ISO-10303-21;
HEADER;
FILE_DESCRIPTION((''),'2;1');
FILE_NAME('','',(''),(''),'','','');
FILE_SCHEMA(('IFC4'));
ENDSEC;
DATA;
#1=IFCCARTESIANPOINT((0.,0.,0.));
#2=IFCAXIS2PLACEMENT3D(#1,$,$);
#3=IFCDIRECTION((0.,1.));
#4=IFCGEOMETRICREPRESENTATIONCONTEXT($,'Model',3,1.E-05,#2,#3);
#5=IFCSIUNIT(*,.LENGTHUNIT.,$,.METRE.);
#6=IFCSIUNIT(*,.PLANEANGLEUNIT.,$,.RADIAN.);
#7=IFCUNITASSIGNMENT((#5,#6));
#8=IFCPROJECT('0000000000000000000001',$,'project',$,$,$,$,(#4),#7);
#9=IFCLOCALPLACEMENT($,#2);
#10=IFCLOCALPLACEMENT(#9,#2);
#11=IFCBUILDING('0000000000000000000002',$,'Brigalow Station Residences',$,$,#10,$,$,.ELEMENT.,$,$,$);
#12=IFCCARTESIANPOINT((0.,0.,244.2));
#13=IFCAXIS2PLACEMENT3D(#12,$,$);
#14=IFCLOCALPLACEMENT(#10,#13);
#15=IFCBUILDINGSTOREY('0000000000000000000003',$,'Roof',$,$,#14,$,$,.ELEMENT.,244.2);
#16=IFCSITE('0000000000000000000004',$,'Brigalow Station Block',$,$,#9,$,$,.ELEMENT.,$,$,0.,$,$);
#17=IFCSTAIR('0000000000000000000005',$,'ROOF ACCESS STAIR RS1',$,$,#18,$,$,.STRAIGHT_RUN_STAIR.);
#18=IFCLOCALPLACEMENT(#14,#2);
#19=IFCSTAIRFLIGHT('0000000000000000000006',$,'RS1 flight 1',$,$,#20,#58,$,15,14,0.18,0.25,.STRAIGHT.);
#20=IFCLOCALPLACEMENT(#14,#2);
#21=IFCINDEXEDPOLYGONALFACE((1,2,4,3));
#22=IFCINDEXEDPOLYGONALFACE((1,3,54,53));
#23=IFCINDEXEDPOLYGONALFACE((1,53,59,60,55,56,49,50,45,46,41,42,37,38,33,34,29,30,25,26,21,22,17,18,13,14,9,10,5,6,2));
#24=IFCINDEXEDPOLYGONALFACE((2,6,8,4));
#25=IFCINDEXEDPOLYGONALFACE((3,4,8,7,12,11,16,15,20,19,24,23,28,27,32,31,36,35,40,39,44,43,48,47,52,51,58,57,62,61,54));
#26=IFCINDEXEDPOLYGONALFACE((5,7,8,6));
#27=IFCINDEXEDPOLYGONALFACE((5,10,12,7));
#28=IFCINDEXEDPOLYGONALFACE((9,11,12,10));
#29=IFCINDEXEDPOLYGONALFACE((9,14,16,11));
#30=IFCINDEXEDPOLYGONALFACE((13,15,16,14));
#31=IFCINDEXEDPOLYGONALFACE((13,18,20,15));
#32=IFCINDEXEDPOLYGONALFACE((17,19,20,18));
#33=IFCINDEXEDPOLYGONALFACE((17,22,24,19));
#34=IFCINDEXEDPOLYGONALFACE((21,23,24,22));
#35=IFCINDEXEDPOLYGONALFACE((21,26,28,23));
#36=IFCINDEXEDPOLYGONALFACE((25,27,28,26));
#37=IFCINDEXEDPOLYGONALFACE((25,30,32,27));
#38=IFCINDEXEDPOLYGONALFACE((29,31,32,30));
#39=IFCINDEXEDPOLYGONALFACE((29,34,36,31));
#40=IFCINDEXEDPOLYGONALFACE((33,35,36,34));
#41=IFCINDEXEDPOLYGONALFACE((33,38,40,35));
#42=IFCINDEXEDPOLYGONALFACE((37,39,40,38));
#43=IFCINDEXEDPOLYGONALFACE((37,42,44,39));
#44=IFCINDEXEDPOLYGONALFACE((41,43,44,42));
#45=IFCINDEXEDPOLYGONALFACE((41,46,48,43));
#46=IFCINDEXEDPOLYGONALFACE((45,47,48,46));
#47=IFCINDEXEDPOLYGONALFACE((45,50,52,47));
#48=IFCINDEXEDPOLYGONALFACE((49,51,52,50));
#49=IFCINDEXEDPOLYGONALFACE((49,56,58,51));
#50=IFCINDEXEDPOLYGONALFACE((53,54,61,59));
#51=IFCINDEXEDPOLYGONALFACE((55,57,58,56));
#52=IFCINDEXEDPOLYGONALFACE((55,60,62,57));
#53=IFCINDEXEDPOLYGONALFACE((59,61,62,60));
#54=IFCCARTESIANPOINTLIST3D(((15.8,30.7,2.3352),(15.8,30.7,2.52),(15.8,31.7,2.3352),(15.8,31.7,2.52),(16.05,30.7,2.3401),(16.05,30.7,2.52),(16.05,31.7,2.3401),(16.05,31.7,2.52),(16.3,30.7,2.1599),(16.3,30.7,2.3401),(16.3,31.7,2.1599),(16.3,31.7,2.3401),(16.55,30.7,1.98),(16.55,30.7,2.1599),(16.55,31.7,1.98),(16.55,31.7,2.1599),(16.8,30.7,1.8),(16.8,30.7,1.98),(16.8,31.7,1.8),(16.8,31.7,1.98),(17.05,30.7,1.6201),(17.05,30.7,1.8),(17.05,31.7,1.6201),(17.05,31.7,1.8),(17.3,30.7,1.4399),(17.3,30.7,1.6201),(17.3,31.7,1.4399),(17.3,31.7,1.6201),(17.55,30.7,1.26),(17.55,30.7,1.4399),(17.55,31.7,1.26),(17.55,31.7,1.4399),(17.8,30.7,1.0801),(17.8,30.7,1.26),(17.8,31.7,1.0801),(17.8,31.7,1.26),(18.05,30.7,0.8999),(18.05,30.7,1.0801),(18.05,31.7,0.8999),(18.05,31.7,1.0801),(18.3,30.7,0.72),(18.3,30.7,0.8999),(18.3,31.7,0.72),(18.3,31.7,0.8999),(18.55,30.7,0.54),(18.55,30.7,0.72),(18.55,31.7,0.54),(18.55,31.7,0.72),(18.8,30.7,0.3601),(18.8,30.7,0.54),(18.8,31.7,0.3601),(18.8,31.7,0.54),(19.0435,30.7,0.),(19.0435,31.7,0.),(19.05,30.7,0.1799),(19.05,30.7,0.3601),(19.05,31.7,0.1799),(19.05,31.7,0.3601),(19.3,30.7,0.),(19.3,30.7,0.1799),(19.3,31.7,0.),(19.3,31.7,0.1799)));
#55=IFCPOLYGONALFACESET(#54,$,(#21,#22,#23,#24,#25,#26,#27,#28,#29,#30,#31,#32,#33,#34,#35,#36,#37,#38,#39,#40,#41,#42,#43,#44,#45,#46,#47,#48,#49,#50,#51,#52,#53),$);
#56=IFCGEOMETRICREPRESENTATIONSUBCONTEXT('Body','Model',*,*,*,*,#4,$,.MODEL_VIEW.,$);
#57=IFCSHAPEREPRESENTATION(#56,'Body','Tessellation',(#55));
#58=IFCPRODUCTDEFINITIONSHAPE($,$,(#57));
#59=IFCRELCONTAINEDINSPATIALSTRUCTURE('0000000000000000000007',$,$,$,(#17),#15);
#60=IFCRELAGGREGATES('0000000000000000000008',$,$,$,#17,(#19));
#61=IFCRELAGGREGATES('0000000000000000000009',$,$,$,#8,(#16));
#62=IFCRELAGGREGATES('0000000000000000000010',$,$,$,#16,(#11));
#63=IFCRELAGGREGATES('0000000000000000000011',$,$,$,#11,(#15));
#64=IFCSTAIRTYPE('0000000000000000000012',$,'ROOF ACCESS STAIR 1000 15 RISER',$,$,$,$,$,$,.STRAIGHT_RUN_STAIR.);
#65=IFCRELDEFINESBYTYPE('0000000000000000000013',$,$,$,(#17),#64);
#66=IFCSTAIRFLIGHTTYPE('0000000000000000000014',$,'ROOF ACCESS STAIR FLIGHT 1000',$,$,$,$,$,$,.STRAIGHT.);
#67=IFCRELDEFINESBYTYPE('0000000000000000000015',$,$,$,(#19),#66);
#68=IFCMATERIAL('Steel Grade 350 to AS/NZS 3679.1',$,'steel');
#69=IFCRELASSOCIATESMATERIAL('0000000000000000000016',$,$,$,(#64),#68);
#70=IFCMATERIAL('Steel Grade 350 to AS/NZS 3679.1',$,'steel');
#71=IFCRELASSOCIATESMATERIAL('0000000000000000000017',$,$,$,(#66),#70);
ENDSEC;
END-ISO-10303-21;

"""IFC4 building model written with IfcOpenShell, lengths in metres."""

from ifc_helpers import new_model, si_unit, direction, frame, origin, place, context, subcontext, project, spatial, polyline, outline, extrude, material, type_object, element, aggregate, save


model = new_model("IFC4")

# Units and contexts
model_context = context("Model", 3, precision=1e-05, world=origin(), true_north=direction((0.0, 1.0)))
body_context = subcontext(model_context, "Body", "Model", "MODEL_VIEW")
ifc_project = project(units=[si_unit("LENGTHUNIT", "METRE"), si_unit("PLANEANGLEUNIT", "RADIAN")], contexts=[model_context])

# Site, building, storey
site_placement = place(None, origin())
site = spatial("IfcSite", under=ifc_project, at=site_placement, Name="Brigalow Station Block", CompositionType="ELEMENT", RefElevation=0.0)
building_placement = place(site_placement, origin())
building = spatial("IfcBuilding", under=site, at=building_placement, Name="Brigalow Station Residences", CompositionType="ELEMENT")
storey_placement = place(building_placement, frame((0.0, 0.0, 244.2)))
storey = spatial("IfcBuildingStorey", under=building, at=storey_placement, Name="Roof", CompositionType="ELEMENT", Elevation=244.2)

# Stair, stair flight
ifc_material_1 = material(Name="Steel Grade 350 to AS/NZS 3679.1", Category="steel")
stair_type = type_object("IfcStairType", Name="ROOF ACCESS STAIR 1000 15 RISER", PredefinedType="STRAIGHT_RUN_STAIR", material=ifc_material_1)
stair_placement = place(storey_placement, origin())
stair = element("IfcStair", 1, at=stair_placement, inside=storey, type_object=stair_type, Name="ROOF ACCESS STAIR RS1", PredefinedType="STRAIGHT_RUN_STAIR")
ifc_material_2 = material(Name="Steel Grade 350 to AS/NZS 3679.1", Category="steel")
stair_flight_type = type_object("IfcStairFlightType", Name="ROOF ACCESS STAIR FLIGHT 1000", PredefinedType="STRAIGHT", material=ifc_material_2)
stair_flight_placement = place(storey_placement, frame((19.3, 31.2, 0.0), z_axis=(0.0, 0.0, 1.0), x_axis=(-1.0, 0.0, 0.0)))
stair_flight = element("IfcStairFlight", 2, at=stair_flight_placement, type_object=stair_flight_type, Name="RS1 flight 1", NumberOfRisers=15, NumberOfTreads=14, PredefinedType="STRAIGHT", RiserHeight=0.18, TreadLength=0.25, context=body_context, shape_type="SweptSolid", body=[
    extrude(outline(polyline([(0.0, 0.0), (0.0, 0.1799), (0.25, 0.1799), (0.25, 0.3601), (0.5, 0.3601), (0.5, 0.54), (0.75, 0.54), (0.75, 0.72), (1.0, 0.72), (1.0, 0.8999), (1.25, 0.8999), (1.25, 1.0801), (1.5, 1.0801), (1.5, 1.26), (1.75, 1.26), (1.75, 1.4399), (2.0, 1.4399), (2.0, 1.6201), (2.25, 1.6201), (2.25, 1.8), (2.5, 1.8), (2.5, 1.98), (2.75, 1.98), (2.75, 2.1599), (3.0, 2.1599), (3.0, 2.3401), (3.25, 2.3401), (3.25, 2.52), (3.5, 2.52), (3.5, 2.7), (3.5, 2.3352), (0.2566, 0.0), (0.0, 0.0)])), frame((0.0, 0.5, 0.0), z_axis=(0.0, -1.0, 0.0), x_axis=(1.0, 0.0, 0.0)), (0.0, 0.0, 1.0), 1.0),
])
aggregate(stair, [stair_flight])

save(model, "model.ifc")
